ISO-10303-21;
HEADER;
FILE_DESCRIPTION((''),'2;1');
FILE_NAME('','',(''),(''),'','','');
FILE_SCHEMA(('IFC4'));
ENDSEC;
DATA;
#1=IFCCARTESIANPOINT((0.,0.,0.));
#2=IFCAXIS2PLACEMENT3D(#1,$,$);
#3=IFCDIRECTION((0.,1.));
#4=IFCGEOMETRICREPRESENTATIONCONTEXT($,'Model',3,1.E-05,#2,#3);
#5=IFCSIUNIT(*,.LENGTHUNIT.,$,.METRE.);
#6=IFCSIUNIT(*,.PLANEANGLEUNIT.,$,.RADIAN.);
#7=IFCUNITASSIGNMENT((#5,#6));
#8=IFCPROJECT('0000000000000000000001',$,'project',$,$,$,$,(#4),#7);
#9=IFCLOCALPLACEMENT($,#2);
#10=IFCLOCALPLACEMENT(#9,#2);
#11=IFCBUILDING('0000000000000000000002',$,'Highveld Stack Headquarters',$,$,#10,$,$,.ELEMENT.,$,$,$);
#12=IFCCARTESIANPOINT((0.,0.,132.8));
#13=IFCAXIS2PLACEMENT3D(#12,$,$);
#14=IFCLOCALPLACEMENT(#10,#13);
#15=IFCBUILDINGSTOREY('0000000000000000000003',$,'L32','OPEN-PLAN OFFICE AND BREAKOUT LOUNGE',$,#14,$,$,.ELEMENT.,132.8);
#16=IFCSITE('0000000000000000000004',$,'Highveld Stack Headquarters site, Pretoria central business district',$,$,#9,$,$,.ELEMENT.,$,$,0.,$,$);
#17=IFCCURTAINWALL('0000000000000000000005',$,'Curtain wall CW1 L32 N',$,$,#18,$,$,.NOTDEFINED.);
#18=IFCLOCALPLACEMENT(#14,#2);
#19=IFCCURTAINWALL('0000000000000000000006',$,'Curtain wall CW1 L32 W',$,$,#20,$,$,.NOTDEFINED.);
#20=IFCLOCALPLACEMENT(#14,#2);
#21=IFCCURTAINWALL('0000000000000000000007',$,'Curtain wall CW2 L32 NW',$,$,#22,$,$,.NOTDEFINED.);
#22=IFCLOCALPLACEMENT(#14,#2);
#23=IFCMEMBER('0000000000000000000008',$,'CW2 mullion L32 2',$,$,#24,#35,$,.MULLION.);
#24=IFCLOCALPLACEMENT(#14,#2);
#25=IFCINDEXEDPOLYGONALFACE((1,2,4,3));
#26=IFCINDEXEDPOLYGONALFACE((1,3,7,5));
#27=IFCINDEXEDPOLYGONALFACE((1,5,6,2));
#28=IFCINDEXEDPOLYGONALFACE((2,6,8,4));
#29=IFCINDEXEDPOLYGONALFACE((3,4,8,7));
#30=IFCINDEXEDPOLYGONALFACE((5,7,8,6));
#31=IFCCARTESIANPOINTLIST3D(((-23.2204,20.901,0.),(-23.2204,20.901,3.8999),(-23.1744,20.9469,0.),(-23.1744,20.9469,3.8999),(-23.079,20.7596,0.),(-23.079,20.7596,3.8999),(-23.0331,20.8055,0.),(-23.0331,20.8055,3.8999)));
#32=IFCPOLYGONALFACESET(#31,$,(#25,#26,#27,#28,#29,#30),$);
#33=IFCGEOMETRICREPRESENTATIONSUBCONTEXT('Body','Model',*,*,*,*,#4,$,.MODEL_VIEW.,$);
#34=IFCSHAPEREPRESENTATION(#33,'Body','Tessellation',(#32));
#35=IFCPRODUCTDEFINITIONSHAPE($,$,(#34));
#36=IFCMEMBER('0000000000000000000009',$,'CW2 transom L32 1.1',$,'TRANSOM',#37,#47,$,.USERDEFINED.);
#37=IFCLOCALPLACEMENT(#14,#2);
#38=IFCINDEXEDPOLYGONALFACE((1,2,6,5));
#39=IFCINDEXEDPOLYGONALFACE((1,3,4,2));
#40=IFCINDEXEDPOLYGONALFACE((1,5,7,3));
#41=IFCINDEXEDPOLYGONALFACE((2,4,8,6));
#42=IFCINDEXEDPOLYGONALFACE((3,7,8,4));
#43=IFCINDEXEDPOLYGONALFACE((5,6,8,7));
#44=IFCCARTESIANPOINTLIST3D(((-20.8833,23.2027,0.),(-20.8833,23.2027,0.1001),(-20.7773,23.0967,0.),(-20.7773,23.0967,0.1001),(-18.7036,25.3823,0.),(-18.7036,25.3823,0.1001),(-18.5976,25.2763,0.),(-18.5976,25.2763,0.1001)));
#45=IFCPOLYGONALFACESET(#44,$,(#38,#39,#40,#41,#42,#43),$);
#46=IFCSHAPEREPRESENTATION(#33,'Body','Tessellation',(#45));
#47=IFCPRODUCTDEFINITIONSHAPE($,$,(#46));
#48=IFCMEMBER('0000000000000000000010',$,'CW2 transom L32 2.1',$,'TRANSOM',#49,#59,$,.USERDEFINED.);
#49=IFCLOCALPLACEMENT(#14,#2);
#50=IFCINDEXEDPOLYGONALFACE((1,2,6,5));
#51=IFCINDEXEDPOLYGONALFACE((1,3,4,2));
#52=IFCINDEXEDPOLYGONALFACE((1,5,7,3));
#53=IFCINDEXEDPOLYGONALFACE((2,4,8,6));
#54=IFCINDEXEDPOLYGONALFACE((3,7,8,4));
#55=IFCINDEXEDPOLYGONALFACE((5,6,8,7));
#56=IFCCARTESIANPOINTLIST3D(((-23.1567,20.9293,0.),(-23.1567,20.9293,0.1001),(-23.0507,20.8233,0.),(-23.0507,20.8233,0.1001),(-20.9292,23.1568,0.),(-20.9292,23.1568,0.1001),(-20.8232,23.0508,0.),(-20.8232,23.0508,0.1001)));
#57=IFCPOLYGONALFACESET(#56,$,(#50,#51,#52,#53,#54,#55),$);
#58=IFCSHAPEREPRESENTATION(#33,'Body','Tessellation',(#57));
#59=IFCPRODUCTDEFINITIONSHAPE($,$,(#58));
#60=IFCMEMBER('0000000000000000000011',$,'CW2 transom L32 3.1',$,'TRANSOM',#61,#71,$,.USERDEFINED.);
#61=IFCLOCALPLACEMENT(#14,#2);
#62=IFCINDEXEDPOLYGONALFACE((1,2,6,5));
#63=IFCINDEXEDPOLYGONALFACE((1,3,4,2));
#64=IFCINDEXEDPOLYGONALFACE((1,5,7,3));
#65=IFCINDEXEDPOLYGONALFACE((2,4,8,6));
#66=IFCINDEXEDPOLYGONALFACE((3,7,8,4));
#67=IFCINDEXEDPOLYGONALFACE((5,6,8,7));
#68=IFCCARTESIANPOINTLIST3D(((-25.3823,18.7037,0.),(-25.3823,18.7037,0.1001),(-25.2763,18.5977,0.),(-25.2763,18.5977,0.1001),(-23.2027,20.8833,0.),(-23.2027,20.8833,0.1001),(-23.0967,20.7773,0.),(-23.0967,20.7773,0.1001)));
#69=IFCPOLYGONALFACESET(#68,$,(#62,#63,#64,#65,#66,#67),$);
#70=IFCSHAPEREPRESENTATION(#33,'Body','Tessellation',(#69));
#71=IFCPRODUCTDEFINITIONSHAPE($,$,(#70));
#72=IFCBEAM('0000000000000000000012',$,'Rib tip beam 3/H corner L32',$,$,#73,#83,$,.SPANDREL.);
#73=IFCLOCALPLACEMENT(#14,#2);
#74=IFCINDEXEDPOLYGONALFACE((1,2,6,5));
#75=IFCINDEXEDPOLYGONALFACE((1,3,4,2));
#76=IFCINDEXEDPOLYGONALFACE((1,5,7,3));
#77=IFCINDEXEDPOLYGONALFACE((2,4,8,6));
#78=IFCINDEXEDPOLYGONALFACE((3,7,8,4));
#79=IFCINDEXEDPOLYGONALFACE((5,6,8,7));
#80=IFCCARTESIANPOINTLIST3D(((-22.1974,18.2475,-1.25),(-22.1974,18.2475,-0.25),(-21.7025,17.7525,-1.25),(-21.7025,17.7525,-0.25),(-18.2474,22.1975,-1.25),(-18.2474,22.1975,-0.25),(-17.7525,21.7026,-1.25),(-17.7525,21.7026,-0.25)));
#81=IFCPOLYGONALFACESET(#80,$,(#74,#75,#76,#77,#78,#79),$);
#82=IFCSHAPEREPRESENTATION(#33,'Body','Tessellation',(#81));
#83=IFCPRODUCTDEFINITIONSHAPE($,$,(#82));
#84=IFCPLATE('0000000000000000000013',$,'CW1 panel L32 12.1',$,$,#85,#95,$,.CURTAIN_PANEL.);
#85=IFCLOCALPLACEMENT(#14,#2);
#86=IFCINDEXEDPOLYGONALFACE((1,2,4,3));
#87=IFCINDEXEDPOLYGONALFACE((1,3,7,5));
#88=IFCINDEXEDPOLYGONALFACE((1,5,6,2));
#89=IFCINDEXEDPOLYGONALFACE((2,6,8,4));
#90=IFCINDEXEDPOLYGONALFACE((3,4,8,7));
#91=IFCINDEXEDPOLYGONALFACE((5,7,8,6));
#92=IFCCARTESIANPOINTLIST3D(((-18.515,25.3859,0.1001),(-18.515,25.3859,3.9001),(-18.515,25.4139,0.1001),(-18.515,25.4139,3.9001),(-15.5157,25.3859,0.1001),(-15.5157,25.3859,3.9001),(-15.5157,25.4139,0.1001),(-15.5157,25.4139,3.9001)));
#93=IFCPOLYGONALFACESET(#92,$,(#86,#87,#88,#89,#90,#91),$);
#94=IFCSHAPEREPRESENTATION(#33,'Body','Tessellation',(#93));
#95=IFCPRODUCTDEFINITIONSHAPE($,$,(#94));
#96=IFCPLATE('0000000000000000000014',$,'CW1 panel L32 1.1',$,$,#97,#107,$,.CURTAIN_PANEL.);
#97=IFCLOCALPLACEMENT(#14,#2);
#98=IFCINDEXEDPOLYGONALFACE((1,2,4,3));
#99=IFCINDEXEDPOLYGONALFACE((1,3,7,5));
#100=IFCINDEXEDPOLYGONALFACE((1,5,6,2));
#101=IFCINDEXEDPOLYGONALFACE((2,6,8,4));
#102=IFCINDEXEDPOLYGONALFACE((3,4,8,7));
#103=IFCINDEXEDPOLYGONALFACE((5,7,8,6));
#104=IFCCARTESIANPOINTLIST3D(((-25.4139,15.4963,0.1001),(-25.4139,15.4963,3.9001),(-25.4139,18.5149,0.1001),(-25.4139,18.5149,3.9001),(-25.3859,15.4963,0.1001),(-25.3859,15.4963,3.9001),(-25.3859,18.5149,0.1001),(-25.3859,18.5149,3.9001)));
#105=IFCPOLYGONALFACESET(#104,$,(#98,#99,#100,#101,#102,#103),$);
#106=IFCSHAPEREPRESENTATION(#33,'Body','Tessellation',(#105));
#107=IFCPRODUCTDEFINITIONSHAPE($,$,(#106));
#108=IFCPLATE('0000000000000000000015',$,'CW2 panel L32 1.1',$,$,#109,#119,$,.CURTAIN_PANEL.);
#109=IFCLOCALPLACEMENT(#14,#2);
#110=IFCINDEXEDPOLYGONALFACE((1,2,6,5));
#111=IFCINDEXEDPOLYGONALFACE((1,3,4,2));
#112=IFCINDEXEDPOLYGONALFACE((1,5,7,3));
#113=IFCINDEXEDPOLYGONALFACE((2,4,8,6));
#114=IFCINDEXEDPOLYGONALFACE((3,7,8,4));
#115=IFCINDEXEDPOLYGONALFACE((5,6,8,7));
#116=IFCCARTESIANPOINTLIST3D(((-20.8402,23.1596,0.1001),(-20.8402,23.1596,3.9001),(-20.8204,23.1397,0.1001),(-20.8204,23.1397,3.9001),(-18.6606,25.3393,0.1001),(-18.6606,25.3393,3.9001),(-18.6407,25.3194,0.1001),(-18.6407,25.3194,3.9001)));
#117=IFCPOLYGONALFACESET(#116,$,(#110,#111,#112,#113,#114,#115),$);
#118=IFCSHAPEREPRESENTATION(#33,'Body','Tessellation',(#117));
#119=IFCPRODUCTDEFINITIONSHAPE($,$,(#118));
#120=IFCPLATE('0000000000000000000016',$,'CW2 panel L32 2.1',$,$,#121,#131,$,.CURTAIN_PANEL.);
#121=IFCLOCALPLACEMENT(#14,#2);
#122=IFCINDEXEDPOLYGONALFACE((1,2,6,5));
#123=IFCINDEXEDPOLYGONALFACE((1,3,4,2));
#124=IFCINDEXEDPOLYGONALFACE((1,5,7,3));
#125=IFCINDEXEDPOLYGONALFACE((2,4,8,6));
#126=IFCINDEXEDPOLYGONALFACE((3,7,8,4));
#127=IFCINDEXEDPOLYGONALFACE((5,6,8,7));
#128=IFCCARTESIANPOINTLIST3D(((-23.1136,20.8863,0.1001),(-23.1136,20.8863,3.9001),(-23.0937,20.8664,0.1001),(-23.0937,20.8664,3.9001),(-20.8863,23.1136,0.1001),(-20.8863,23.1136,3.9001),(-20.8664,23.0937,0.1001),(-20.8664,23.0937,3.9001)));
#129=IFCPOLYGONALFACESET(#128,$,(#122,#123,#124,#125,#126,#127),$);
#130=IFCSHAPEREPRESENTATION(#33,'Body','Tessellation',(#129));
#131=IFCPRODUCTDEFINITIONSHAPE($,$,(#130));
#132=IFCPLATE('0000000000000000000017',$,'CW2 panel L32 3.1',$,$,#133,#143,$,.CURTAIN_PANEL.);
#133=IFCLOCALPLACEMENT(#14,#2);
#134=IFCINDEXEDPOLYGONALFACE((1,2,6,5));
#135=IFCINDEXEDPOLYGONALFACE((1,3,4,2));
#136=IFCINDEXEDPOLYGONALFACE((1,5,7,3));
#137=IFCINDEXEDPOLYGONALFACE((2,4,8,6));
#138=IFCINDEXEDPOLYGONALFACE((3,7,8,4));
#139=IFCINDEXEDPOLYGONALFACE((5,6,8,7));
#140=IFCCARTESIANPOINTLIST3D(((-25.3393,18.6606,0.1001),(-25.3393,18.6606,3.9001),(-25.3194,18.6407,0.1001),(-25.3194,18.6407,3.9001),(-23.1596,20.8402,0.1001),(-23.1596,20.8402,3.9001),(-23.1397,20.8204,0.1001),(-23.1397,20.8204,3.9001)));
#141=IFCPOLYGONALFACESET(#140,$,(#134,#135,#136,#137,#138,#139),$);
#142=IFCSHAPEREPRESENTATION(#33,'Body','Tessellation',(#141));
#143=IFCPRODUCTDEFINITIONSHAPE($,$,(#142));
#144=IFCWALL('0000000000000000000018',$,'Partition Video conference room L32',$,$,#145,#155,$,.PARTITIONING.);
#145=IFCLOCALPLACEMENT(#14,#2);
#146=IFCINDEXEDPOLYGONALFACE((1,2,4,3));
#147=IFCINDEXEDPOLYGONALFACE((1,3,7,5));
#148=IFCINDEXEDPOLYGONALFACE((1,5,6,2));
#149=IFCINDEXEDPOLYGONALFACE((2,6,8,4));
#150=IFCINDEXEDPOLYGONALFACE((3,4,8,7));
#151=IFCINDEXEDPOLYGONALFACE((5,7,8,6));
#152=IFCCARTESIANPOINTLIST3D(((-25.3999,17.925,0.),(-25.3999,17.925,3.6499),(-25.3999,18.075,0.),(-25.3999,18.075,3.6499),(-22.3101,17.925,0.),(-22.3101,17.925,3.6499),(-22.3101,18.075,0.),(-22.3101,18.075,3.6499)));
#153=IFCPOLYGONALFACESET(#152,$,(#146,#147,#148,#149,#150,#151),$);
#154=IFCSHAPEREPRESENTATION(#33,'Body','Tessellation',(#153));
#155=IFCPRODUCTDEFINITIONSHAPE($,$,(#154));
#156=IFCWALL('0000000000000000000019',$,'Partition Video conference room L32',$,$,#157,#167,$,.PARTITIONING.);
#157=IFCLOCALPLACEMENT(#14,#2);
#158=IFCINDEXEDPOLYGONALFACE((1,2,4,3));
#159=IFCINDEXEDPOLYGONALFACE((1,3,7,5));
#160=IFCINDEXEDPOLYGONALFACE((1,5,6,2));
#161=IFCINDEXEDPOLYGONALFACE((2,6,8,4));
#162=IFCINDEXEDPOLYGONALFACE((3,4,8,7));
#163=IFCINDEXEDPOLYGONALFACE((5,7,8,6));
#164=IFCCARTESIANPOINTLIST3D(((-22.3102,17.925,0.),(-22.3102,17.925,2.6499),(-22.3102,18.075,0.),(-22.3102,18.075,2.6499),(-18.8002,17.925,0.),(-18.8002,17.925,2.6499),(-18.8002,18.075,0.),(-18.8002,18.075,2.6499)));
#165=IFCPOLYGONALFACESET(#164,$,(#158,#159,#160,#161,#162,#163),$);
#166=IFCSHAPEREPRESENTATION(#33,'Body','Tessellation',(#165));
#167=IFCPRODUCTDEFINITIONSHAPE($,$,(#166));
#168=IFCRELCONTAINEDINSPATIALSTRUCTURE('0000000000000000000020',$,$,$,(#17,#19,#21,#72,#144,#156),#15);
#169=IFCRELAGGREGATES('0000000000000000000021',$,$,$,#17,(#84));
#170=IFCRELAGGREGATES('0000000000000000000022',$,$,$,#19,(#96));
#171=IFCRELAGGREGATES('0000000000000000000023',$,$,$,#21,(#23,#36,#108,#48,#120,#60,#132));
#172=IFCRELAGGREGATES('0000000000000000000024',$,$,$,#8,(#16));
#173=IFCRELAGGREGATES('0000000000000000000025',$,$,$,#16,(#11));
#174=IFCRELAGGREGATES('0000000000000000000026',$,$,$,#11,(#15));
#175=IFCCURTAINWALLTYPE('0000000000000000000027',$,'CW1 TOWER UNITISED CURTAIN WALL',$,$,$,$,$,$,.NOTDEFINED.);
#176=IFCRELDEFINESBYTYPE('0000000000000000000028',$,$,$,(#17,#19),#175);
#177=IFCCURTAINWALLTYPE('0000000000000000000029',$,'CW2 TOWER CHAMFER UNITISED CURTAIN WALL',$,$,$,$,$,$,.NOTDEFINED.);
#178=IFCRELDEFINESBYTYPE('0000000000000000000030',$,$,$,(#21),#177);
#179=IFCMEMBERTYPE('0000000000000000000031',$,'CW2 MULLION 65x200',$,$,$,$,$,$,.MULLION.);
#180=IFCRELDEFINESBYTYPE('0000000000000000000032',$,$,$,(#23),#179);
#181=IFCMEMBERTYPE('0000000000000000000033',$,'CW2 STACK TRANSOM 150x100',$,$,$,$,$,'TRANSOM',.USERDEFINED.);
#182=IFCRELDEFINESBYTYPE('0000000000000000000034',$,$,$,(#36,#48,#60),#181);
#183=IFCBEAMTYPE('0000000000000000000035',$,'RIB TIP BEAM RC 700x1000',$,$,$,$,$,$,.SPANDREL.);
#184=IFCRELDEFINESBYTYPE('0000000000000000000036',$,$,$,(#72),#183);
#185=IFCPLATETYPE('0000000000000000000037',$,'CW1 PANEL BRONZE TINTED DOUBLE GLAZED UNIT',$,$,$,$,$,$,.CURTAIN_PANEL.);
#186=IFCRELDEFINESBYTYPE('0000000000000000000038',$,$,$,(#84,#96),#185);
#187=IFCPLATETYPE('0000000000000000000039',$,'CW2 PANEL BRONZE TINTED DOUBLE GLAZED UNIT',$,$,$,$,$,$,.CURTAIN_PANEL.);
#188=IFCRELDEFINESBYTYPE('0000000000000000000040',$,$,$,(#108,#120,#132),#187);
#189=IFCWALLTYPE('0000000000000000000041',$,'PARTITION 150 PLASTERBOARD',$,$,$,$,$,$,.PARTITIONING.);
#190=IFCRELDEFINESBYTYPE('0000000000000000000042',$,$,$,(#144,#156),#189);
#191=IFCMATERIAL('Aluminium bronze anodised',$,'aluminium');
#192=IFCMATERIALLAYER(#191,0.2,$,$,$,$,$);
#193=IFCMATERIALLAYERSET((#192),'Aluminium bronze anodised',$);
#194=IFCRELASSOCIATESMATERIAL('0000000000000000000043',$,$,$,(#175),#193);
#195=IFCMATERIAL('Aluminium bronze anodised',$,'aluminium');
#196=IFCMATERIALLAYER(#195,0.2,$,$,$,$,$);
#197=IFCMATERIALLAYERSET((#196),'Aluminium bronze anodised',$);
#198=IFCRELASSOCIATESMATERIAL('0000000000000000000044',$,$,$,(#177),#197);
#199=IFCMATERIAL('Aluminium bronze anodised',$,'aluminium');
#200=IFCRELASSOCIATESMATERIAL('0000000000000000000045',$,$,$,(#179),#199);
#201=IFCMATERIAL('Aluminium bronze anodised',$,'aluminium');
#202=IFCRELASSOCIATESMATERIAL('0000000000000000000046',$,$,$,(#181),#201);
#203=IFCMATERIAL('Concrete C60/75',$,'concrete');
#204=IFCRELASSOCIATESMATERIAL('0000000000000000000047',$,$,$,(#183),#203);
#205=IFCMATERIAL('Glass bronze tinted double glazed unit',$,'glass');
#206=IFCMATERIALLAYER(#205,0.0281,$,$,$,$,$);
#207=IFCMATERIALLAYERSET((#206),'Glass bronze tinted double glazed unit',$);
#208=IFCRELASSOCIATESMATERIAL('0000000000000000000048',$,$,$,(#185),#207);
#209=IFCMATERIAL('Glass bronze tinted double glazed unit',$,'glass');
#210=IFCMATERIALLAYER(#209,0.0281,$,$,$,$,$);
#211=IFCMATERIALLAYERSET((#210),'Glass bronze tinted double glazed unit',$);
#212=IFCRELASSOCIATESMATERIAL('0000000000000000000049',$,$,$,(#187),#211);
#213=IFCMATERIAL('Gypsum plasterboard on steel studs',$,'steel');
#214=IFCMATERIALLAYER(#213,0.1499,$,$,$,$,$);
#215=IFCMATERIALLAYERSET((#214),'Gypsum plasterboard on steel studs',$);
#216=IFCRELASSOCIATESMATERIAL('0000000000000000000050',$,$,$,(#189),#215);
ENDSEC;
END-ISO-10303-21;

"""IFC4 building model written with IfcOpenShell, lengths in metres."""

from ifc_helpers import new_model, si_unit, direction, frame, frame_2d, origin, origin_2d, place, context, subcontext, project, spatial, rectangle, extrude, material, layer, layer_set, material_profile, profile_set, type_object, element, aggregate, save


model = new_model("IFC4")

# Units and contexts
model_context = context("Model", 3, precision=1e-05, world=origin(), true_north=direction((0.0, 1.0)))
body_context = subcontext(model_context, "Body", "Model", "MODEL_VIEW")
ifc_project = project(units=[si_unit("LENGTHUNIT", "METRE"), si_unit("PLANEANGLEUNIT", "RADIAN")], contexts=[model_context])

# Site, building, storey
site_placement = place(None, origin())
site = spatial("IfcSite", under=ifc_project, at=site_placement, Name="Highveld Stack Headquarters site, Pretoria central business district", CompositionType="ELEMENT", RefElevation=0.0)
building_placement = place(site_placement, origin())
building = spatial("IfcBuilding", under=site, at=building_placement, Name="Highveld Stack Headquarters", CompositionType="ELEMENT")
storey_placement = place(building_placement, frame((0.0, 0.0, 132.8)))
storey = spatial("IfcBuildingStorey", under=building, at=storey_placement, Name="L32", Description="OPEN-PLAN OFFICE AND BREAKOUT LOUNGE", CompositionType="ELEMENT", Elevation=132.8)

# Curtain walls
ifc_material_1 = material(Name="Aluminium bronze anodised", Category="aluminium")
ifc_layer_1 = layer(ifc_material_1, 0.2)
ifc_layer_set_1 = layer_set([ifc_layer_1], Name="Aluminium bronze anodised")
curtain_wall_type_1 = type_object("IfcCurtainWallType", Name="CW1 TOWER UNITISED CURTAIN WALL", PredefinedType="NOTDEFINED", material=ifc_layer_set_1)
curtain_wall_1_placement = place(storey_placement, origin())
curtain_wall_1 = element("IfcCurtainWall", 1, at=curtain_wall_1_placement, inside=storey, type_object=curtain_wall_type_1, Name="Curtain wall CW1 L32 N", PredefinedType="NOTDEFINED")
curtain_wall_2_placement = place(storey_placement, origin())
curtain_wall_2 = element("IfcCurtainWall", 2, at=curtain_wall_2_placement, inside=storey, type_object=curtain_wall_type_1, Name="Curtain wall CW1 L32 W", PredefinedType="NOTDEFINED")

# Curtain wall, members
ifc_material_2 = material(Name="Aluminium bronze anodised", Category="aluminium")
ifc_layer_2 = layer(ifc_material_2, 0.2)
ifc_layer_set_2 = layer_set([ifc_layer_2], Name="Aluminium bronze anodised")
curtain_wall_type_2 = type_object("IfcCurtainWallType", Name="CW2 TOWER CHAMFER UNITISED CURTAIN WALL", PredefinedType="NOTDEFINED", material=ifc_layer_set_2)
curtain_wall_3_placement = place(storey_placement, origin())
curtain_wall_3 = element("IfcCurtainWall", 3, at=curtain_wall_3_placement, inside=storey, type_object=curtain_wall_type_2, Name="Curtain wall CW2 L32 NW", PredefinedType="NOTDEFINED")
ifc_material_3 = material(Name="Aluminium bronze anodised", Category="aluminium")
ifc_material_profile_1 = material_profile(ifc_material_3, rectangle(XDim=0.2, YDim=0.0649, at=origin_2d()), Name="CW2 MULLION 65x200")
ifc_profile_set_1 = profile_set([ifc_material_profile_1], Name="Aluminium bronze anodised")
member_type_1 = type_object("IfcMemberType", Name="CW2 MULLION 65x200", PredefinedType="MULLION", material=ifc_profile_set_1)
member_1_placement = place(storey_placement, frame((-23.1267, 20.8533, 0.0), z_axis=(0.0, 0.0, 1.0), x_axis=(0.707107, -0.707107, 0.0)))
member_1 = element("IfcMember", 4, at=member_1_placement, type_object=member_type_1, Name="CW2 mullion L32 2", PredefinedType="MULLION", context=body_context, shape_type="SweptSolid", body=[
    extrude(rectangle(XDim=0.2, YDim=0.0649, at=origin_2d()), origin(), (0.0, 0.0, 1.0), 3.8999),
])
ifc_material_4 = material(Name="Aluminium bronze anodised", Category="aluminium")
ifc_material_profile_2 = material_profile(ifc_material_4, rectangle(XDim=0.1499, YDim=0.1001, at=origin_2d()), Name="CW2 TRANSOM 150x100")
ifc_profile_set_2 = profile_set([ifc_material_profile_2], Name="Aluminium bronze anodised")
member_type_2 = type_object("IfcMemberType", Name="CW2 STACK TRANSOM 150x100", ElementType="TRANSOM", PredefinedType="USERDEFINED", material=ifc_profile_set_2)
member_2_placement = place(storey_placement, frame((-18.6506, 25.3293, 0.05), z_axis=(-0.707107, -0.707107, 0.0), x_axis=(0.707107, -0.707107, 0.0)))
member_2 = element("IfcMember", 5, at=member_2_placement, type_object=member_type_2, Name="CW2 transom L32 1.1", ObjectType="TRANSOM", PredefinedType="USERDEFINED", context=body_context, shape_type="SweptSolid", body=[
    extrude(rectangle(XDim=0.1499, YDim=0.1001, at=origin_2d()), origin(), (0.0, 0.0, 1.0), 3.0825),
])
member_3_placement = place(storey_placement, frame((-20.8762, 23.1038, 0.05), z_axis=(-0.707107, -0.707107, 0.0), x_axis=(0.707107, -0.707107, 0.0)))
member_3 = element("IfcMember", 6, at=member_3_placement, type_object=member_type_2, Name="CW2 transom L32 2.1", ObjectType="TRANSOM", PredefinedType="USERDEFINED", context=body_context, shape_type="SweptSolid", body=[
    extrude(rectangle(XDim=0.1499, YDim=0.1001, at=origin_2d()), origin(), (0.0, 0.0, 1.0), 3.1501),
])
member_4_placement = place(storey_placement, frame((-23.1497, 20.8303, 0.05), z_axis=(-0.707107, -0.707107, 0.0), x_axis=(0.707107, -0.707107, 0.0)))
member_4 = element("IfcMember", 7, at=member_4_placement, type_object=member_type_2, Name="CW2 transom L32 3.1", ObjectType="TRANSOM", PredefinedType="USERDEFINED", context=body_context, shape_type="SweptSolid", body=[
    extrude(rectangle(XDim=0.1499, YDim=0.1001, at=origin_2d()), origin(), (0.0, 0.0, 1.0), 3.0825),
])

# Beam
ifc_material_5 = material(Name="Concrete C60/75", Category="concrete")
ifc_material_profile_3 = material_profile(ifc_material_5, rectangle(XDim=0.7, YDim=1.0, at=origin_2d()), Name="RC 700x1000")
ifc_profile_set_3 = profile_set([ifc_material_profile_3], Name="Concrete C60/75")
beam_type_1 = type_object("IfcBeamType", Name="RIB TIP BEAM RC 700x1000", PredefinedType="SPANDREL", material=ifc_profile_set_3)
beam_1_placement = place(storey_placement, frame((-21.95, 18.0, -0.75), z_axis=(0.707107, 0.707107, 0.0), x_axis=(-0.707107, 0.707107, 0.0)))
element("IfcBeam", 8, at=beam_1_placement, inside=storey, type_object=beam_type_1, Name="Rib tip beam 3/H corner L32", PredefinedType="SPANDREL", context=body_context, shape_type="SweptSolid", body=[
    extrude(rectangle(XDim=0.7, YDim=1.0, at=origin_2d()), origin(), (0.0, 0.0, 1.0), 5.5862),
])

# Plates
ifc_material_6 = material(Name="Glass bronze tinted double glazed unit", Category="glass")
ifc_layer_3 = layer(ifc_material_6, 0.0281)
ifc_layer_set_3 = layer_set([ifc_layer_3], Name="Glass bronze tinted double glazed unit")
plate_type_1 = type_object("IfcPlateType", Name="CW1 PANEL BRONZE TINTED DOUBLE GLAZED UNIT", PredefinedType="CURTAIN_PANEL", material=ifc_layer_set_3)
plate_1_placement = place(storey_placement, frame((-17.0154, 25.3999, 0.1001), z_axis=(0.0, 0.0, 1.0), x_axis=(-1.0, 0.0, 0.0)))
plate_1 = element("IfcPlate", 9, at=plate_1_placement, type_object=plate_type_1, Name="CW1 panel L32 12.1", PredefinedType="CURTAIN_PANEL", context=body_context, shape_type="SweptSolid", body=[
    extrude(rectangle(XDim=2.9993, YDim=0.0281, at=origin_2d()), origin(), (0.0, 0.0, 1.0), 3.8),
])
aggregate(curtain_wall_1, [plate_1])
plate_2_placement = place(storey_placement, frame((-25.3999, 17.0056, 0.1001), z_axis=(0.0, 0.0, 1.0), x_axis=(0.0, -1.0, 0.0)))
plate_2 = element("IfcPlate", 10, at=plate_2_placement, type_object=plate_type_1, Name="CW1 panel L32 1.1", PredefinedType="CURTAIN_PANEL", context=body_context, shape_type="SweptSolid", body=[
    extrude(rectangle(XDim=3.0186, YDim=0.0281, at=origin_2d()), origin(), (0.0, 0.0, 1.0), 3.8),
])
aggregate(curtain_wall_2, [plate_2])
ifc_material_7 = material(Name="Glass bronze tinted double glazed unit", Category="glass")
ifc_layer_4 = layer(ifc_material_7, 0.0281)
ifc_layer_set_4 = layer_set([ifc_layer_4], Name="Glass bronze tinted double glazed unit")
plate_type_2 = type_object("IfcPlateType", Name="CW2 PANEL BRONZE TINTED DOUBLE GLAZED UNIT", PredefinedType="CURTAIN_PANEL", material=ifc_layer_set_4)
plate_3_placement = place(storey_placement, frame((-19.7405, 24.2395, 0.1001), z_axis=(0.0, 0.0, 1.0), x_axis=(-0.707107, -0.707107, 0.0)))
plate_3 = element("IfcPlate", 11, at=plate_3_placement, type_object=plate_type_2, Name="CW2 panel L32 1.1", PredefinedType="CURTAIN_PANEL", context=body_context, shape_type="SweptSolid", body=[
    extrude(rectangle(XDim=3.0825, YDim=0.0281, at=origin_2d()), origin(), (0.0, 0.0, 1.0), 3.8),
])
plate_4_placement = place(storey_placement, frame((-21.99, 21.99, 0.1001), z_axis=(0.0, 0.0, 1.0), x_axis=(-0.707107, -0.707107, 0.0)))
plate_4 = element("IfcPlate", 12, at=plate_4_placement, type_object=plate_type_2, Name="CW2 panel L32 2.1", PredefinedType="CURTAIN_PANEL", context=body_context, shape_type="SweptSolid", body=[
    extrude(rectangle(XDim=3.1499, YDim=0.0281, at=origin_2d()), origin(), (0.0, 0.0, 1.0), 3.8),
])
plate_5_placement = place(storey_placement, frame((-24.2395, 19.7405, 0.1001), z_axis=(0.0, 0.0, 1.0), x_axis=(-0.707107, -0.707107, 0.0)))
plate_5 = element("IfcPlate", 13, at=plate_5_placement, type_object=plate_type_2, Name="CW2 panel L32 3.1", PredefinedType="CURTAIN_PANEL", context=body_context, shape_type="SweptSolid", body=[
    extrude(rectangle(XDim=3.0825, YDim=0.0281, at=origin_2d()), origin(), (0.0, 0.0, 1.0), 3.8),
])
aggregate(curtain_wall_3, [member_1, member_2, plate_3, member_3, plate_4, member_4, plate_5])

# Walls
ifc_material_8 = material(Name="Gypsum plasterboard on steel studs", Category="steel")
ifc_layer_5 = layer(ifc_material_8, 0.1499)
ifc_layer_set_5 = layer_set([ifc_layer_5], Name="Gypsum plasterboard on steel studs")
wall_type = type_object("IfcWallType", Name="PARTITION 150 PLASTERBOARD", PredefinedType="PARTITIONING", material=ifc_layer_set_5)
wall_1_placement = place(storey_placement, frame((-25.3999, 18.0, 0.0), z_axis=(0.0, 0.0, 1.0), x_axis=(1.0, 0.0, 0.0)))
element("IfcWall", 14, at=wall_1_placement, inside=storey, type_object=wall_type, Name="Partition Video conference room L32", PredefinedType="PARTITIONING", context=body_context, shape_type="SweptSolid", body=[
    extrude(rectangle(XDim=3.0898, YDim=0.1499, at=frame_2d((1.5449, 0.0))), origin(), (0.0, 0.0, 1.0), 3.6499),
])
wall_2_placement = place(storey_placement, frame((-22.3101, 18.0, 0.0), z_axis=(0.0, 0.0, 1.0), x_axis=(1.0, 0.0, 0.0)))
element("IfcWall", 15, at=wall_2_placement, inside=storey, type_object=wall_type, Name="Partition Video conference room L32", PredefinedType="PARTITIONING", context=body_context, shape_type="SweptSolid", body=[
    extrude(rectangle(XDim=3.51, YDim=0.1499, at=frame_2d((1.7549, 0.0))), origin(), (0.0, 0.0, 1.0), 2.6499),
])

save(model, "model.ifc")
